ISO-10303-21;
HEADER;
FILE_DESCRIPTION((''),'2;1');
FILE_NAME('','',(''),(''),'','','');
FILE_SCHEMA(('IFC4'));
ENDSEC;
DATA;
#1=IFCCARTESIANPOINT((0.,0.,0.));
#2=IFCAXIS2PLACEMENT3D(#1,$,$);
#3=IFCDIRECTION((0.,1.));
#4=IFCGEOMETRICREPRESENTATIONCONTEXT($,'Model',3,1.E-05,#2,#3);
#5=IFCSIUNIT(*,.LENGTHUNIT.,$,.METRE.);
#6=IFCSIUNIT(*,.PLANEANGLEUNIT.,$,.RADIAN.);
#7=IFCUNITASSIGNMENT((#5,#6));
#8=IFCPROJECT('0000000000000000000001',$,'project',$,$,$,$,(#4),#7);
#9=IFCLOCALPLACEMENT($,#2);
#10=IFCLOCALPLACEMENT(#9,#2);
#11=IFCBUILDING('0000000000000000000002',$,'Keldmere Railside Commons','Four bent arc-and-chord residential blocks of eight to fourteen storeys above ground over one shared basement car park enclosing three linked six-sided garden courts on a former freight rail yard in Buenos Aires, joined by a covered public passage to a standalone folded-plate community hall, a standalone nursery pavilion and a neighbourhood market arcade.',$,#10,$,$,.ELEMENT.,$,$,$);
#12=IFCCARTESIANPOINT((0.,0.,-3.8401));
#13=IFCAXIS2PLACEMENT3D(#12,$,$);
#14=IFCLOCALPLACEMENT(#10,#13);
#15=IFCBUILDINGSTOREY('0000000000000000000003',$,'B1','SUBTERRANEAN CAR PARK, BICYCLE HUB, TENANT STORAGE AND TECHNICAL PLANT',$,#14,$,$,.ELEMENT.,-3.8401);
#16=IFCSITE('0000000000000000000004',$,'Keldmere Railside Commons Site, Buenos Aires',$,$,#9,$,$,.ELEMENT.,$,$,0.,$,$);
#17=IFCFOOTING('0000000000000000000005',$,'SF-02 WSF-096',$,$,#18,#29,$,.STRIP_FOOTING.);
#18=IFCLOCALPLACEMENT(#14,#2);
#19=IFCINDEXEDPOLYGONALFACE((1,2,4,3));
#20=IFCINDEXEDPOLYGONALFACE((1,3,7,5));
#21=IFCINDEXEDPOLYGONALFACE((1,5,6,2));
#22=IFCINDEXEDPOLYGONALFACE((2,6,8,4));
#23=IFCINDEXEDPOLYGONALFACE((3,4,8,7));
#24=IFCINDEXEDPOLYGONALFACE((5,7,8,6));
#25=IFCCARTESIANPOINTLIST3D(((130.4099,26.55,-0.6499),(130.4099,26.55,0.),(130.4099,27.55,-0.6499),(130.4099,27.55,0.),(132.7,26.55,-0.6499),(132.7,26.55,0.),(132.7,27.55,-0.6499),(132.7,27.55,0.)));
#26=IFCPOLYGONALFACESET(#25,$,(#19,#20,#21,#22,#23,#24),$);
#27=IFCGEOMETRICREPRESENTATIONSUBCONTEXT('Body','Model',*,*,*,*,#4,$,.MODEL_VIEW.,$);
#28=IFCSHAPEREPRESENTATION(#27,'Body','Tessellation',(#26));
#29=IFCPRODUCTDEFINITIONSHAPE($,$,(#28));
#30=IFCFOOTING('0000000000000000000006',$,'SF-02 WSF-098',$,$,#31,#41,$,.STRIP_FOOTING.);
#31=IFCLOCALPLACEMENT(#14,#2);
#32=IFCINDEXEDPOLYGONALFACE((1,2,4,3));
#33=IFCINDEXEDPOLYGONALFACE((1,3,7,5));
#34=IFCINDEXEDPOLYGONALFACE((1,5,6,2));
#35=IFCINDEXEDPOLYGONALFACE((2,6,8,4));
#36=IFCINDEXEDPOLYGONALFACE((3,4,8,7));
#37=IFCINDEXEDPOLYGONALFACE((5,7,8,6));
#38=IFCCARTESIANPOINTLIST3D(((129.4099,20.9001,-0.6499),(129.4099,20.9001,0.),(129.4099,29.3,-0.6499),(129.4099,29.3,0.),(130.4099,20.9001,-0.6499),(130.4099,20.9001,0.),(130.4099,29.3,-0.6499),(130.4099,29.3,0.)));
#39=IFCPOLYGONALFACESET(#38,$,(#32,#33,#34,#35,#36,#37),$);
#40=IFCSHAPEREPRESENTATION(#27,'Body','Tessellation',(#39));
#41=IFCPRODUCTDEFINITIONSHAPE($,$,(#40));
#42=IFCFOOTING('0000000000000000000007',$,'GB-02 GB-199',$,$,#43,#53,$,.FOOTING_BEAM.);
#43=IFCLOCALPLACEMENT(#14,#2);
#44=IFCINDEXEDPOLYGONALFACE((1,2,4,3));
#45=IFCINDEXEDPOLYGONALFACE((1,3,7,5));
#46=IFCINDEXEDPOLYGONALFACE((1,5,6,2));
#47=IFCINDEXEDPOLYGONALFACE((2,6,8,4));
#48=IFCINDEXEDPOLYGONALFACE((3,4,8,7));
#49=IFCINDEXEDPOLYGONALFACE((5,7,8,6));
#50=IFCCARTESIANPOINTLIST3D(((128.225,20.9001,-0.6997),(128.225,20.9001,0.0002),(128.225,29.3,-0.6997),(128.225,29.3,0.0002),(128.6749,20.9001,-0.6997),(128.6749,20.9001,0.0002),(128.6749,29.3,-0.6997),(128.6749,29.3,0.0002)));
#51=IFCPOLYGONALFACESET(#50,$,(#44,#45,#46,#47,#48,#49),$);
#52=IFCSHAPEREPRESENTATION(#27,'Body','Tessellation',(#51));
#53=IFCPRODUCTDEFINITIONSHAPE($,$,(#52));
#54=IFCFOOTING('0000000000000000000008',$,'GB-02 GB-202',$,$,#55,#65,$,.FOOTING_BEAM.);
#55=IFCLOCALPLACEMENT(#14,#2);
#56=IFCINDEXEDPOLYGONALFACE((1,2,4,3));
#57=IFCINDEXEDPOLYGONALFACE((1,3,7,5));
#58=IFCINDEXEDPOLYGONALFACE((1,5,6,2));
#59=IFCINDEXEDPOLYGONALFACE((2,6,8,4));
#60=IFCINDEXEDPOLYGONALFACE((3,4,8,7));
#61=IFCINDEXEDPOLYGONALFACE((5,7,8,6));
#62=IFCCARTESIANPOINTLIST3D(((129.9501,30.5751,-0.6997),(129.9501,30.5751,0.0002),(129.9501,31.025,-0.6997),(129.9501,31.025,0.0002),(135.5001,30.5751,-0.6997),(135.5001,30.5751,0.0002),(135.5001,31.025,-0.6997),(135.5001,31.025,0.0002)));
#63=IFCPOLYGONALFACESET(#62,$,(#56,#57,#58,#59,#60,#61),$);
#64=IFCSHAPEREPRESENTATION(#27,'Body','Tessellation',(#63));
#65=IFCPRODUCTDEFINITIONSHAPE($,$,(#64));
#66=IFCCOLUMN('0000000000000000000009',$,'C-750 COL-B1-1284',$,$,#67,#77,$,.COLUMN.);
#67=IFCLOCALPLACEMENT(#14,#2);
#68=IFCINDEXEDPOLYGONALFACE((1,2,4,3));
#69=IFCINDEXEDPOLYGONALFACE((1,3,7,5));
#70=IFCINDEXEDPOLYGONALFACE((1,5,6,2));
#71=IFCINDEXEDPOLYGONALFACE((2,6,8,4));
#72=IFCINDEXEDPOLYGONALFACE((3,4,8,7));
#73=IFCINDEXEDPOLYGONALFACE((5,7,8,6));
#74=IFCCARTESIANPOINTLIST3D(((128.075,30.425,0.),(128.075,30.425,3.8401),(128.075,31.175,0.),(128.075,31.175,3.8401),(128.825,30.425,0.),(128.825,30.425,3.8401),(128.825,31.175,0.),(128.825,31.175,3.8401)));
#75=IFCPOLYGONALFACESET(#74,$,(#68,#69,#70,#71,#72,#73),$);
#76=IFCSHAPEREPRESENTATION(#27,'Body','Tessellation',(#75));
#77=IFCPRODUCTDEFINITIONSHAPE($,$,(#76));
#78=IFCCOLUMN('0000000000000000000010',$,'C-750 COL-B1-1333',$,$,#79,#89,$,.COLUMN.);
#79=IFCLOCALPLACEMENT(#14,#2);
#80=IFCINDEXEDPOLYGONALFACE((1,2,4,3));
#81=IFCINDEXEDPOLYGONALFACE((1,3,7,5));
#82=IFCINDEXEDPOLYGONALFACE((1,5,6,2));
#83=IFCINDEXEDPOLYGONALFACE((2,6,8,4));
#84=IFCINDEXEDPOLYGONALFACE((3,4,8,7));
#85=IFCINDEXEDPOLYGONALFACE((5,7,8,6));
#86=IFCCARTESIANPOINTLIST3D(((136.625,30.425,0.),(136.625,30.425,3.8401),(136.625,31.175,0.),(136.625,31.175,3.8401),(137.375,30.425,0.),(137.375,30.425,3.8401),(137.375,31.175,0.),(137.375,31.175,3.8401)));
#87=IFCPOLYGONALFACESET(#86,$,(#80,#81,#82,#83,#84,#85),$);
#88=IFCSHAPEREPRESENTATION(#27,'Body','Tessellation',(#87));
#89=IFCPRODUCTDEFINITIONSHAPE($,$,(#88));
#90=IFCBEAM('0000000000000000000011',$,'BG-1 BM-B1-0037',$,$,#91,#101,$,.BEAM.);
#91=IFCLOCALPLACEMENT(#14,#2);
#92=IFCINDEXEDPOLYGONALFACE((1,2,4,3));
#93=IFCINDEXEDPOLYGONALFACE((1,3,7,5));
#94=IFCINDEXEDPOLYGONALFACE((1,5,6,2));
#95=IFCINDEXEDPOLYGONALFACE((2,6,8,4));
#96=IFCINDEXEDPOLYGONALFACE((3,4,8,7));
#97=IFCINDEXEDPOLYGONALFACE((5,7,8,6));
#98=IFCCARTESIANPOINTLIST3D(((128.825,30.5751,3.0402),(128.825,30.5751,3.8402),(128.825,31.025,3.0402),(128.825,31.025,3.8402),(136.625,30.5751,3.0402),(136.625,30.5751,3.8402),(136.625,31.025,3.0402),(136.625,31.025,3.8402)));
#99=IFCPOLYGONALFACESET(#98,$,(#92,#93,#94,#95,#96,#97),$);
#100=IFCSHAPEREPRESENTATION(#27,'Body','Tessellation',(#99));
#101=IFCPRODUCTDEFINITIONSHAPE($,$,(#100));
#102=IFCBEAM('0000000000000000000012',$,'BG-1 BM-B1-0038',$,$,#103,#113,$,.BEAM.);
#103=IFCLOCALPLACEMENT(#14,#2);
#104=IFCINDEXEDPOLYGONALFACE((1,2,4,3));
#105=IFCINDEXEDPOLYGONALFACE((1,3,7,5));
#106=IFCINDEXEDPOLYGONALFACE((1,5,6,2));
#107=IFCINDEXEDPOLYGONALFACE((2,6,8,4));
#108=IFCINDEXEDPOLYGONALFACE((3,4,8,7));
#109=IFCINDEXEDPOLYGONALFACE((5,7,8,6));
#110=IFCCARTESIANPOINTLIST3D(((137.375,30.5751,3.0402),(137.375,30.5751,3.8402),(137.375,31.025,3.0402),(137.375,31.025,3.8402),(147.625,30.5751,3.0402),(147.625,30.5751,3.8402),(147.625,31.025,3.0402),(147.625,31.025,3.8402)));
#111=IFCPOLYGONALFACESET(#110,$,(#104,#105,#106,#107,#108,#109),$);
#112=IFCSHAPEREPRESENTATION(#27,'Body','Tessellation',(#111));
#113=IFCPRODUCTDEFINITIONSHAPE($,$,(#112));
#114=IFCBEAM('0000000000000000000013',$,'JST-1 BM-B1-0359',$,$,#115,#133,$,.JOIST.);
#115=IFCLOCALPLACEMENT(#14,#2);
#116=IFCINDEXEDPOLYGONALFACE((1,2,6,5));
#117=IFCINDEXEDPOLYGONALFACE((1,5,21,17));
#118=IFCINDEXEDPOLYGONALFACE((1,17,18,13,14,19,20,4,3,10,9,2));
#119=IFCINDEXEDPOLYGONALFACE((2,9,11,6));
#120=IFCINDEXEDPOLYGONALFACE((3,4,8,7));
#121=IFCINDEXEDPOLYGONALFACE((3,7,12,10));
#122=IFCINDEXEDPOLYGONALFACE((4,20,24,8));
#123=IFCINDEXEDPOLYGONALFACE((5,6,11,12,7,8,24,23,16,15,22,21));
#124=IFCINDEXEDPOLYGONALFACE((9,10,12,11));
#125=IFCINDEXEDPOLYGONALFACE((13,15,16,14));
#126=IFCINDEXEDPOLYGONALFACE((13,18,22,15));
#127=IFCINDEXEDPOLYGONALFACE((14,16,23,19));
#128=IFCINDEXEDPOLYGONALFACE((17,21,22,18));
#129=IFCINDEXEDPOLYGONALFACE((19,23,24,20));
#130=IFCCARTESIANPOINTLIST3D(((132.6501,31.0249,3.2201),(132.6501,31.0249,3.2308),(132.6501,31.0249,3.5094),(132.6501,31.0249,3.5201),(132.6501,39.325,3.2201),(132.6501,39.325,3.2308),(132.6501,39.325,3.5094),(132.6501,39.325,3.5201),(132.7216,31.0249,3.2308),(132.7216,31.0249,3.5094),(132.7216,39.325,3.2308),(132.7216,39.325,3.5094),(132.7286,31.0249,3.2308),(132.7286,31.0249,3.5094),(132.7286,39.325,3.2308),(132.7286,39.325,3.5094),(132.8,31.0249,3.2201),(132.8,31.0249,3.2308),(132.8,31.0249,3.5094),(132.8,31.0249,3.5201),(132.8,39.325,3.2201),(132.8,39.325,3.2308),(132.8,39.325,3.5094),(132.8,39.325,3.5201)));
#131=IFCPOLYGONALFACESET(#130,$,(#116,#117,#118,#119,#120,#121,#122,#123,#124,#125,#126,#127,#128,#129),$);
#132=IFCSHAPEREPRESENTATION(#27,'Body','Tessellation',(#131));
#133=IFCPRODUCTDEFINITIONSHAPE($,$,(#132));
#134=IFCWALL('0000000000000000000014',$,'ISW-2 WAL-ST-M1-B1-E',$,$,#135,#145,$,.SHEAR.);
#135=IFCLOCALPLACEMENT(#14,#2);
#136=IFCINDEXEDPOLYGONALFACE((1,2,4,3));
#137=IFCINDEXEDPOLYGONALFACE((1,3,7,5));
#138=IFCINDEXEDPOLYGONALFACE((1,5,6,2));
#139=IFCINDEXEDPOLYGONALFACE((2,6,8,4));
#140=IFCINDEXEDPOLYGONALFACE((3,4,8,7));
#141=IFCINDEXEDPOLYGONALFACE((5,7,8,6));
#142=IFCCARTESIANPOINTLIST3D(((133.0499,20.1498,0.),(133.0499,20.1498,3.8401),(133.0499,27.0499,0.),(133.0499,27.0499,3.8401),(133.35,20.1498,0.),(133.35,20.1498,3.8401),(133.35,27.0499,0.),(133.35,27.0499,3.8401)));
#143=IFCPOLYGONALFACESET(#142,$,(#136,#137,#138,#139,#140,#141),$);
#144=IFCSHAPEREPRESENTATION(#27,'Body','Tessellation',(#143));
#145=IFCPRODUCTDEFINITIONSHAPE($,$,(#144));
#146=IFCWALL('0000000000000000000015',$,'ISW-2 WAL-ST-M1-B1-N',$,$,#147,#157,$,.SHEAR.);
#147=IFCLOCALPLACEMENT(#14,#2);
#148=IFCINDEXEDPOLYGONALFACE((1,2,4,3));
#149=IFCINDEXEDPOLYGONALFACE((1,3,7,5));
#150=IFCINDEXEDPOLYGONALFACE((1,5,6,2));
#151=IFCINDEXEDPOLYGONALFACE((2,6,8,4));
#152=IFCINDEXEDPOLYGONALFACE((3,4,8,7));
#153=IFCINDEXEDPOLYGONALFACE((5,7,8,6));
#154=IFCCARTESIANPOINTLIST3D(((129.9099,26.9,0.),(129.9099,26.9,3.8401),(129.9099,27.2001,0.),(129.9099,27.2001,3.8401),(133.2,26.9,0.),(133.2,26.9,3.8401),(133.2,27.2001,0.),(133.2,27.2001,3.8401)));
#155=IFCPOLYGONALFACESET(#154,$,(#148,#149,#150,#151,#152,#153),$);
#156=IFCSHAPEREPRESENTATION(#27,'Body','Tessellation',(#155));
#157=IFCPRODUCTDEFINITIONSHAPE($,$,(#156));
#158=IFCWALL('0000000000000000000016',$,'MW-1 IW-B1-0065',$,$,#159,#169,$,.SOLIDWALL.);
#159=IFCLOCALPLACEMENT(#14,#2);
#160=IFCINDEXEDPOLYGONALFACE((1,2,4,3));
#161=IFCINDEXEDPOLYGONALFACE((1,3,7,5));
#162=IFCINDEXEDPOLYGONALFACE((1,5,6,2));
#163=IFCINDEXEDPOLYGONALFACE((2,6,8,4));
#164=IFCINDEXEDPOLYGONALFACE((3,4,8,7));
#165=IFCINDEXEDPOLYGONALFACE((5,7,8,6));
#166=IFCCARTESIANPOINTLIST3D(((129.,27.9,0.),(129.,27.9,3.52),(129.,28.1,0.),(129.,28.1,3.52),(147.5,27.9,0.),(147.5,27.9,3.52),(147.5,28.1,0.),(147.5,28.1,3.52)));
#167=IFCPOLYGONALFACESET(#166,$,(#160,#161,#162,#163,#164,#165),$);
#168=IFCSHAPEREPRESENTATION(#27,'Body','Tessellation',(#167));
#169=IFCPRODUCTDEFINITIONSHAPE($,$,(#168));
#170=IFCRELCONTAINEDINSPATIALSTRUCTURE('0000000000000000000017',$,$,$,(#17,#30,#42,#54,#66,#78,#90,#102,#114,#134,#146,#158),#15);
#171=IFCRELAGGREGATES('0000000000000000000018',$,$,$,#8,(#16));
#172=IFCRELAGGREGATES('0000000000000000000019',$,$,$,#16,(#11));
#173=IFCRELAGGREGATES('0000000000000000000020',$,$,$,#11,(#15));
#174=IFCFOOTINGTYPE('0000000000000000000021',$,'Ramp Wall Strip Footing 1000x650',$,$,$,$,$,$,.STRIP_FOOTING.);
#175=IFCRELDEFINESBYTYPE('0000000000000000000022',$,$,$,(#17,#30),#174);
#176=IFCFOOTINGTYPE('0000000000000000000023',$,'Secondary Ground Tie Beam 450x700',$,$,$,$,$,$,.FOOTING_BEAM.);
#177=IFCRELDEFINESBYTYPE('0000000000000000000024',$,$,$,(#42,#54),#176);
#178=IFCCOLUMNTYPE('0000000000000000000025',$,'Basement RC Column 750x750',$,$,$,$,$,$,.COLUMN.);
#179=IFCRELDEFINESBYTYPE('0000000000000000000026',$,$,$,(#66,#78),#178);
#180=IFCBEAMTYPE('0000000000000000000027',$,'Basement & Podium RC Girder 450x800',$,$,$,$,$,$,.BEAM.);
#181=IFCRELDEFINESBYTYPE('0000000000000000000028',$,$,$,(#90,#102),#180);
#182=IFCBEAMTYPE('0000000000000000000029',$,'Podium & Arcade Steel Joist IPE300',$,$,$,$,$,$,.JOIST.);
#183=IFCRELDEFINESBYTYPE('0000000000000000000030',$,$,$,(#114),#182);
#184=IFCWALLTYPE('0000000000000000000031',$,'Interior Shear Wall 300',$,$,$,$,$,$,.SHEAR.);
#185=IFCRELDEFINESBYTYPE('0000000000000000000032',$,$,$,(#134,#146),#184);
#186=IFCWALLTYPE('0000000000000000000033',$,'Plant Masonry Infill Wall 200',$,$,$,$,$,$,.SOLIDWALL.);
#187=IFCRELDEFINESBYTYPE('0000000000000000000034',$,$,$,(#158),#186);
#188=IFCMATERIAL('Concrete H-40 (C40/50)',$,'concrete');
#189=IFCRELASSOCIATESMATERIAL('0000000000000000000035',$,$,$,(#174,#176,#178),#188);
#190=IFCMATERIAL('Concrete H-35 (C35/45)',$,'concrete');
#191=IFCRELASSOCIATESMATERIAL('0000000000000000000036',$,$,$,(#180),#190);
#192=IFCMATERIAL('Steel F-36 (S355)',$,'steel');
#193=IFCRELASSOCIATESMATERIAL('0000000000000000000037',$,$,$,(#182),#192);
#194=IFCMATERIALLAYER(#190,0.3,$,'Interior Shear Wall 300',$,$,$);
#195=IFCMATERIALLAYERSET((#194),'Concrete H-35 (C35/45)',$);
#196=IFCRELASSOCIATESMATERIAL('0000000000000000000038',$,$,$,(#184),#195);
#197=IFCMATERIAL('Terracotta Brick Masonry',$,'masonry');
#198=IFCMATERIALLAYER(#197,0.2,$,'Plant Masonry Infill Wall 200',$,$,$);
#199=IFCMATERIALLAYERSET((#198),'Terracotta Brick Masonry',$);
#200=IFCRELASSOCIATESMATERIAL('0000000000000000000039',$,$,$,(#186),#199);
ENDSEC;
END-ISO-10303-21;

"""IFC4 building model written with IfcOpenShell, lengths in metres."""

from ifc_helpers import new_model, si_unit, direction, frame, frame_2d, origin, origin_2d, place, context, subcontext, project, spatial, rectangle, i_section, extrude, material, layer, layer_set, material_profile, profile_set, type_object, element, save


model = new_model("IFC4")

# Units and contexts
model_context = context("Model", 3, precision=1e-05, world=origin(), true_north=direction((0.0, 1.0)))
body_context = subcontext(model_context, "Body", "Model", "MODEL_VIEW")
ifc_project = project(units=[si_unit("LENGTHUNIT", "METRE"), si_unit("PLANEANGLEUNIT", "RADIAN")], contexts=[model_context])

# Site, building, storey
site_placement = place(None, origin())
site = spatial("IfcSite", under=ifc_project, at=site_placement, Name="Keldmere Railside Commons Site, Buenos Aires", CompositionType="ELEMENT", RefElevation=0.0)
building_placement = place(site_placement, origin())
building = spatial("IfcBuilding", under=site, at=building_placement, Name="Keldmere Railside Commons", Description="Four bent arc-and-chord residential blocks of eight to fourteen storeys above ground over one shared basement car park enclosing three linked six-sided garden courts on a former freight rail yard in Buenos Aires, joined by a covered public passage to a standalone folded-plate community hall, a standalone nursery pavilion and a neighbourhood market arcade.", CompositionType="ELEMENT")
storey_placement = place(building_placement, frame((0.0, 0.0, -3.8401)))
storey = spatial("IfcBuildingStorey", under=building, at=storey_placement, Name="B1", Description="SUBTERRANEAN CAR PARK, BICYCLE HUB, TENANT STORAGE AND TECHNICAL PLANT", CompositionType="ELEMENT", Elevation=-3.8401)

# Footings
ifc_material_1 = material(Name="Concrete H-40 (C40/50)", Category="concrete")
footing_type_1 = type_object("IfcFootingType", Name="Ramp Wall Strip Footing 1000x650", PredefinedType="STRIP_FOOTING", material=ifc_material_1)
footing_1_placement = place(storey_placement, frame((131.5549, 27.05, -0.6499), z_axis=(0.0, 0.0, 1.0), x_axis=(1.0, 0.0, 0.0)))
element("IfcFooting", 1, at=footing_1_placement, inside=storey, type_object=footing_type_1, Name="SF-02 WSF-096", PredefinedType="STRIP_FOOTING", context=body_context, shape_type="SweptSolid", body=[
    extrude(rectangle(XDim=2.29, YDim=1.0, at=origin_2d()), origin(), (0.0, 0.0, 1.0), 0.6499),
])
footing_2_placement = place(storey_placement, frame((129.9099, 25.1001, -0.6499), z_axis=(0.0, 0.0, 1.0), x_axis=(0.0, 1.0, 0.0)))
element("IfcFooting", 2, at=footing_2_placement, inside=storey, type_object=footing_type_1, Name="SF-02 WSF-098", PredefinedType="STRIP_FOOTING", context=body_context, shape_type="SweptSolid", body=[
    extrude(rectangle(XDim=8.3999, YDim=1.0, at=origin_2d()), origin(), (0.0, 0.0, 1.0), 0.6499),
])
footing_type_2 = type_object("IfcFootingType", Name="Secondary Ground Tie Beam 450x700", PredefinedType="FOOTING_BEAM", material=ifc_material_1)
footing_3_placement = place(storey_placement, frame((128.45, 25.1001, -0.6997), z_axis=(0.0, 0.0, 1.0), x_axis=(0.0, 1.0, 0.0)))
element("IfcFooting", 3, at=footing_3_placement, inside=storey, type_object=footing_type_2, Name="GB-02 GB-199", PredefinedType="FOOTING_BEAM", context=body_context, shape_type="SweptSolid", body=[
    extrude(rectangle(XDim=8.3999, YDim=0.45, at=origin_2d()), origin(), (0.0, 0.0, 1.0), 0.7),
])
footing_4_placement = place(storey_placement, frame((132.7251, 30.8, -0.6997), z_axis=(0.0, 0.0, 1.0), x_axis=(1.0, 0.0, 0.0)))
element("IfcFooting", 4, at=footing_4_placement, inside=storey, type_object=footing_type_2, Name="GB-02 GB-202", PredefinedType="FOOTING_BEAM", context=body_context, shape_type="SweptSolid", body=[
    extrude(rectangle(XDim=5.55, YDim=0.45, at=origin_2d()), origin(), (0.0, 0.0, 1.0), 0.7),
])

# Columns
ifc_material_profile_1 = material_profile(ifc_material_1, rectangle(XDim=0.75, YDim=0.75, at=origin_2d()), Name="RC-750x750")
ifc_profile_set_1 = profile_set([ifc_material_profile_1], Name="Concrete H-40 (C40/50)")
column_type = type_object("IfcColumnType", Name="Basement RC Column 750x750", PredefinedType="COLUMN", material=ifc_profile_set_1)
for number, where, z_axis, x_axis, name in (
    (5, (128.45, 30.8, 0.0), (0.0, 0.0, 1.0), (1.0, 0.0, 0.0), "C-750 COL-B1-1284"),
    (6, (137.0, 30.8, 0.0), (0.0, 0.0, 1.0), (1.0, 0.0, 0.0), "C-750 COL-B1-1333"),
):
    element("IfcColumn", number, at=place(storey_placement, frame(where, z_axis=z_axis, x_axis=x_axis)), inside=storey, type_object=column_type, Name=name, PredefinedType="COLUMN", context=body_context, shape_type="SweptSolid", body=[
        extrude(rectangle(XDim=0.75, YDim=0.75, at=origin_2d()), origin(), (0.0, 0.0, 1.0), 3.8401),
    ])

# Beams
ifc_material_2 = material(Name="Concrete H-35 (C35/45)", Category="concrete")
ifc_material_profile_2 = material_profile(ifc_material_2, rectangle(XDim=0.45, YDim=0.8, at=origin_2d()), Name="RC-450x800")
ifc_profile_set_2 = profile_set([ifc_material_profile_2], Name="Concrete H-35 (C35/45)")
beam_type_1 = type_object("IfcBeamType", Name="Basement & Podium RC Girder 450x800", PredefinedType="BEAM", material=ifc_profile_set_2)
beam_1_placement = place(storey_placement, frame((128.825, 30.8, 3.4402), z_axis=(1.0, 0.0, 0.0), x_axis=(0.0, 1.0, 0.0)))
element("IfcBeam", 7, at=beam_1_placement, inside=storey, type_object=beam_type_1, Name="BG-1 BM-B1-0037", PredefinedType="BEAM", context=body_context, shape_type="SweptSolid", body=[
    extrude(rectangle(XDim=0.45, YDim=0.8, at=origin_2d()), origin(), (0.0, 0.0, 1.0), 7.8),
])
beam_2_placement = place(storey_placement, frame((137.375, 30.8, 3.4402), z_axis=(1.0, 0.0, 0.0), x_axis=(0.0, 1.0, 0.0)))
element("IfcBeam", 8, at=beam_2_placement, inside=storey, type_object=beam_type_1, Name="BG-1 BM-B1-0038", PredefinedType="BEAM", context=body_context, shape_type="SweptSolid", body=[
    extrude(rectangle(XDim=0.45, YDim=0.8, at=origin_2d()), origin(), (0.0, 0.0, 1.0), 10.25),
])
ifc_material_3 = material(Name="Steel F-36 (S355)", Category="steel")
ifc_material_profile_3 = material_profile(ifc_material_3, i_section(OverallWidth=0.1499, OverallDepth=0.3, WebThickness=0.0071, FlangeThickness=0.0107, at=origin_2d()), Name="IPE-300")
ifc_profile_set_3 = profile_set([ifc_material_profile_3], Name="Steel F-36 (S355)")
beam_type_2 = type_object("IfcBeamType", Name="Podium & Arcade Steel Joist IPE300", PredefinedType="JOIST", material=ifc_profile_set_3)
beam_3_placement = place(storey_placement, frame((132.7251, 31.0249, 3.3701), z_axis=(0.0, 1.0, 0.0), x_axis=(-1.0, 0.0, 0.0)))
element("IfcBeam", 9, at=beam_3_placement, inside=storey, type_object=beam_type_2, Name="JST-1 BM-B1-0359", PredefinedType="JOIST", context=body_context, shape_type="SweptSolid", body=[
    extrude(i_section(OverallWidth=0.1499, OverallDepth=0.3, WebThickness=0.0071, FlangeThickness=0.0107, at=origin_2d()), origin(), (0.0, 0.0, 1.0), 8.3),
])

# Walls
ifc_layer_1 = layer(ifc_material_2, 0.3, Name="Interior Shear Wall 300")
ifc_layer_set_1 = layer_set([ifc_layer_1], Name="Concrete H-35 (C35/45)")
wall_type_1 = type_object("IfcWallType", Name="Interior Shear Wall 300", PredefinedType="SHEAR", material=ifc_layer_set_1)
wall_1_placement = place(storey_placement, frame((133.2, 27.05, 0.0), z_axis=(0.0, 0.0, 1.0), x_axis=(0.0, -1.0, 0.0)))
element("IfcWall", 10, at=wall_1_placement, inside=storey, type_object=wall_type_1, Name="ISW-2 WAL-ST-M1-B1-E", PredefinedType="SHEAR", context=body_context, shape_type="SweptSolid", body=[
    extrude(rectangle(XDim=6.9001, YDim=0.3, at=frame_2d((3.4502, 0.0))), origin(), (0.0, 0.0, 1.0), 3.8401),
])
wall_2_placement = place(storey_placement, frame((129.9099, 27.05, 0.0), z_axis=(0.0, 0.0, 1.0), x_axis=(1.0, 0.0, 0.0)))
element("IfcWall", 11, at=wall_2_placement, inside=storey, type_object=wall_type_1, Name="ISW-2 WAL-ST-M1-B1-N", PredefinedType="SHEAR", context=body_context, shape_type="SweptSolid", body=[
    extrude(rectangle(XDim=3.29, YDim=0.3, at=frame_2d((1.645, 0.0))), origin(), (0.0, 0.0, 1.0), 3.8401),
])
ifc_material_4 = material(Name="Terracotta Brick Masonry", Category="masonry")
ifc_layer_2 = layer(ifc_material_4, 0.2, Name="Plant Masonry Infill Wall 200")
ifc_layer_set_2 = layer_set([ifc_layer_2], Name="Terracotta Brick Masonry")
wall_type_2 = type_object("IfcWallType", Name="Plant Masonry Infill Wall 200", PredefinedType="SOLIDWALL", material=ifc_layer_set_2)
wall_3_placement = place(storey_placement, frame((129.0, 28.0, 0.0), z_axis=(0.0, 0.0, 1.0), x_axis=(1.0, 0.0, 0.0)))
element("IfcWall", 12, at=wall_3_placement, inside=storey, type_object=wall_type_2, Name="MW-1 IW-B1-0065", PredefinedType="SOLIDWALL", context=body_context, shape_type="SweptSolid", body=[
    extrude(rectangle(XDim=18.5, YDim=0.2, at=frame_2d((9.25, 0.0))), origin(), (0.0, 0.0, 1.0), 3.52),
])

save(model, "model.ifc")
